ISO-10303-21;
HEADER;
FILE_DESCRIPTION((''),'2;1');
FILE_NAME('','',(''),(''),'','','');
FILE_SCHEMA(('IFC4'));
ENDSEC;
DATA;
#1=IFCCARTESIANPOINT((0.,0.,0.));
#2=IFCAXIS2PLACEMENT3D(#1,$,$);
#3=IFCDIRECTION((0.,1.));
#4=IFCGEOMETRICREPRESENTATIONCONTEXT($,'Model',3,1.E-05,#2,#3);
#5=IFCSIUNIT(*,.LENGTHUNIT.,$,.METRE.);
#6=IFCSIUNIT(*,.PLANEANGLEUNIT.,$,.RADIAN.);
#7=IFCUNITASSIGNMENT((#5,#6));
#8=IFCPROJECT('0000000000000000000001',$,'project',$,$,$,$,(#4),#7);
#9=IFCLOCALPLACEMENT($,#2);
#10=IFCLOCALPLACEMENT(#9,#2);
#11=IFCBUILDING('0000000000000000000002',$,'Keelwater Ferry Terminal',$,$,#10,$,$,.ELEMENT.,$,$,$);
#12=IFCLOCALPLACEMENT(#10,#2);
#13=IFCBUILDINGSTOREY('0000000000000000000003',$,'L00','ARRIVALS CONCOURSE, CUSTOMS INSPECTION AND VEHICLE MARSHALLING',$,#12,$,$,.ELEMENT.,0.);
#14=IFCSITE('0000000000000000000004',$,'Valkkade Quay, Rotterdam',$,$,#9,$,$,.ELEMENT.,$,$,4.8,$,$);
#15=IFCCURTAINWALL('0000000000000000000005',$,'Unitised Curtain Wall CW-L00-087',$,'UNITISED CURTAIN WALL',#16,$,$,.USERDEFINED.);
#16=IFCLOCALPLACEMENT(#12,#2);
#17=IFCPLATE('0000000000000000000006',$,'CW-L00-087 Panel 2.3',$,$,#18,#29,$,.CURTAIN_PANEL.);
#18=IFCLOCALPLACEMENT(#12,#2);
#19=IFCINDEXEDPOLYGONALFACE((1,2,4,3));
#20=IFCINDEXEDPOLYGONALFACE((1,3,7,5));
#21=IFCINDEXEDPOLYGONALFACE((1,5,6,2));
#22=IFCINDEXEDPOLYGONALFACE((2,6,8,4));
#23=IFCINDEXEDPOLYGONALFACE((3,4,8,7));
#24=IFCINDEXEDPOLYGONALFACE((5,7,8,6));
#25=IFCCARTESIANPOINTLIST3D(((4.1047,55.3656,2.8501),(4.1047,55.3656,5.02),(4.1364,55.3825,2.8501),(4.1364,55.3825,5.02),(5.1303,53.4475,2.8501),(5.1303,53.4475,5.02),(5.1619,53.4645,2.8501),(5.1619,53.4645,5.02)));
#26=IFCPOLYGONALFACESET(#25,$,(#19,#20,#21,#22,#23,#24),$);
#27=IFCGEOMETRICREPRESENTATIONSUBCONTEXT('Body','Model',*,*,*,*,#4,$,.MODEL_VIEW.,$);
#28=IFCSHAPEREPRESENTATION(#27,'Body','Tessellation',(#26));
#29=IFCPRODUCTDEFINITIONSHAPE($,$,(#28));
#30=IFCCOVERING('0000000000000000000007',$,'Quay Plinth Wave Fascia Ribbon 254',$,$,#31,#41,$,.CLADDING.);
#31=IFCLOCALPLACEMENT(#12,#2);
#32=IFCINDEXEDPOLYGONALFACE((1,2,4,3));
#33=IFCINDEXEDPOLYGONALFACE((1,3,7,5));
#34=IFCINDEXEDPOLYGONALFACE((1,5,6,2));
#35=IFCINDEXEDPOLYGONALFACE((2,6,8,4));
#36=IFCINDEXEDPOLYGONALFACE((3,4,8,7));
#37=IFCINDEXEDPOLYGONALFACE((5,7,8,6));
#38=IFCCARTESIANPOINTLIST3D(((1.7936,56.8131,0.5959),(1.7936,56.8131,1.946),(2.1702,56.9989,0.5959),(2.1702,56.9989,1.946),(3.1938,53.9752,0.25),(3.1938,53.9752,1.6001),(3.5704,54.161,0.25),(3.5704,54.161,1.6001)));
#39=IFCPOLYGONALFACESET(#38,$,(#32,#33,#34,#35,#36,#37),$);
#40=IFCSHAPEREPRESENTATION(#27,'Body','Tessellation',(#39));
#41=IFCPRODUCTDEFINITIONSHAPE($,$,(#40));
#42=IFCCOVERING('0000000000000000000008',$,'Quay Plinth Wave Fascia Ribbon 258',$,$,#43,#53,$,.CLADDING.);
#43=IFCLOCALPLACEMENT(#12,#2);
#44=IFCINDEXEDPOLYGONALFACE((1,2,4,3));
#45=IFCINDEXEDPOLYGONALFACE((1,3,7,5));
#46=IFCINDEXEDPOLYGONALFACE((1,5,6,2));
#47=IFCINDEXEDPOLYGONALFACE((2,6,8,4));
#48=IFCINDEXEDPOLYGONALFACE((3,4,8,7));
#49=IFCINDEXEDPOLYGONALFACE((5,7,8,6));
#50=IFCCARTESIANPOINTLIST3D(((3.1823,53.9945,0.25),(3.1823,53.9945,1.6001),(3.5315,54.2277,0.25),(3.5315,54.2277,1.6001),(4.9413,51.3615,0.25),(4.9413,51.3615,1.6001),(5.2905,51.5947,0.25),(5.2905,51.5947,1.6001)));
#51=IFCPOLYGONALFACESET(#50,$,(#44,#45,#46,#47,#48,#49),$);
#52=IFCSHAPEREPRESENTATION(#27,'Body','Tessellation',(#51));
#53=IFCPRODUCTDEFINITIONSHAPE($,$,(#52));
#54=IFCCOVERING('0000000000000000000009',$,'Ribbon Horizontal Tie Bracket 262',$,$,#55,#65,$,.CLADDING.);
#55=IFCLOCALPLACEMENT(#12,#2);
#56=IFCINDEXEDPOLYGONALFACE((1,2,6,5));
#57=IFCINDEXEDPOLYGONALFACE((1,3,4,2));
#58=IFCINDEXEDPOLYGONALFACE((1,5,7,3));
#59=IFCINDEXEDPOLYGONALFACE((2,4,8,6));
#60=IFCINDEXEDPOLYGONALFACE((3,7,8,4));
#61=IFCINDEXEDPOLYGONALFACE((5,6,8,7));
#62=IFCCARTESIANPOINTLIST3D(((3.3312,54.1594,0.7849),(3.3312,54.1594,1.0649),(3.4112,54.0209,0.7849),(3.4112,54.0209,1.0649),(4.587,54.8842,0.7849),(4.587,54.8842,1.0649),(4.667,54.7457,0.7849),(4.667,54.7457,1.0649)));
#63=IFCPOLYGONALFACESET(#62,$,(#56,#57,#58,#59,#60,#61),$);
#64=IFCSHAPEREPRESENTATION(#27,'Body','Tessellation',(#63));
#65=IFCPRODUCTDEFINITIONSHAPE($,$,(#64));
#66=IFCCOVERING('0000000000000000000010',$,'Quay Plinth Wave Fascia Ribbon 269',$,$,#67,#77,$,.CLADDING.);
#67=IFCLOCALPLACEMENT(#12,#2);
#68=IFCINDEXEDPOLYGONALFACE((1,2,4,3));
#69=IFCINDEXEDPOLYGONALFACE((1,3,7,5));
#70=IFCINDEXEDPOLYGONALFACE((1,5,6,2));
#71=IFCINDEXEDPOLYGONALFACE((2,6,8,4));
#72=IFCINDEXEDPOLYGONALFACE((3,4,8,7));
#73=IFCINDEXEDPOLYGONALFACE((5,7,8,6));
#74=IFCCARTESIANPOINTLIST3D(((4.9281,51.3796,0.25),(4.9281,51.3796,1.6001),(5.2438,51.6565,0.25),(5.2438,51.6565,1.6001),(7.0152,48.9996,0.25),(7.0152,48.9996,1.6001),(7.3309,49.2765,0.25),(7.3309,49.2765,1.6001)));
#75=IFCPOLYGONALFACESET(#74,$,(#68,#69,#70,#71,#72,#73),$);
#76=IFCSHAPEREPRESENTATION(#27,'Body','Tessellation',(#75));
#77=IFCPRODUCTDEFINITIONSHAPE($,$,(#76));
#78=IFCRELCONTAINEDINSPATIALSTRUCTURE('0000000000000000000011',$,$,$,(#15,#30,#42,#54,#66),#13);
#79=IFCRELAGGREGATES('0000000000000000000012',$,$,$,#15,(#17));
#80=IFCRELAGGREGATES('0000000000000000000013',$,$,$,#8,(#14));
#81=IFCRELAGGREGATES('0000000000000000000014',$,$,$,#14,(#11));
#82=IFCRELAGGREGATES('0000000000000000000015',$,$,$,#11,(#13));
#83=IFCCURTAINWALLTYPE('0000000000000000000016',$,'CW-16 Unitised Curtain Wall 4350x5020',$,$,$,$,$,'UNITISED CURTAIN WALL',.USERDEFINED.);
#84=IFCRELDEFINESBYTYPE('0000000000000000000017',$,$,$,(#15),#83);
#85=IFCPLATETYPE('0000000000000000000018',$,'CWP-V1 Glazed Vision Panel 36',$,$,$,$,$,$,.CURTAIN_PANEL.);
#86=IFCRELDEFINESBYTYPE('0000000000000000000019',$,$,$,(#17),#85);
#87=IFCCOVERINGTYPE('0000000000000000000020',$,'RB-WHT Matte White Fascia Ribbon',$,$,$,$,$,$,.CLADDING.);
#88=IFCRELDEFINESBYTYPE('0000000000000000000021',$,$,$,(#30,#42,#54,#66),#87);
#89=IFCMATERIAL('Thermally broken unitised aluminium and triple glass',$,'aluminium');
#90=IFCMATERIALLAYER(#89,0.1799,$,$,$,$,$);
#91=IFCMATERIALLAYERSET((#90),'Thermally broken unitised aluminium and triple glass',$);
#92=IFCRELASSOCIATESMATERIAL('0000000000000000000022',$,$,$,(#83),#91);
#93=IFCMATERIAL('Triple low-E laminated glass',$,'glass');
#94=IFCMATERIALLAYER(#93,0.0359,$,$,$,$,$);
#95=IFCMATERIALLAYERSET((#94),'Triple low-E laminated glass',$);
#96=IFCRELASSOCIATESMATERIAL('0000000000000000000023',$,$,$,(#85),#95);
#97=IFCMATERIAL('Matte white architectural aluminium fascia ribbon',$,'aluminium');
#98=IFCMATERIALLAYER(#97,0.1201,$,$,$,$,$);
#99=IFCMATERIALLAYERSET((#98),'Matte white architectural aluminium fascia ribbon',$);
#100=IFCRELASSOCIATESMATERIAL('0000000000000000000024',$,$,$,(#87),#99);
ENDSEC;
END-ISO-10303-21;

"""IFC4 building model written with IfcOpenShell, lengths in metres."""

from ifc_helpers import new_model, si_unit, direction, frame, frame_2d, origin, origin_2d, place, context, subcontext, project, spatial, polyline, rectangle, outline, extrude, material, layer, layer_set, type_object, element, aggregate, save


model = new_model("IFC4")

# Units and contexts
model_context = context("Model", 3, precision=1e-05, world=origin(), true_north=direction((0.0, 1.0)))
body_context = subcontext(model_context, "Body", "Model", "MODEL_VIEW")
ifc_project = project(units=[si_unit("LENGTHUNIT", "METRE"), si_unit("PLANEANGLEUNIT", "RADIAN")], contexts=[model_context])

# Site, building, storey
site_placement = place(None, origin())
site = spatial("IfcSite", under=ifc_project, at=site_placement, Name="Valkkade Quay, Rotterdam", CompositionType="ELEMENT", RefElevation=4.8)
building_placement = place(site_placement, origin())
building = spatial("IfcBuilding", under=site, at=building_placement, Name="Keelwater Ferry Terminal", CompositionType="ELEMENT")
storey_placement = place(building_placement, origin())
storey = spatial("IfcBuildingStorey", under=building, at=storey_placement, Name="L00", Description="ARRIVALS CONCOURSE, CUSTOMS INSPECTION AND VEHICLE MARSHALLING", CompositionType="ELEMENT", Elevation=0.0)

# Shared definitions
ifc_material_1 = material(Name="Thermally broken unitised aluminium and triple glass", Category="aluminium")
ifc_layer_1 = layer(ifc_material_1, 0.1799)
ifc_layer_set_1 = layer_set([ifc_layer_1], Name="Thermally broken unitised aluminium and triple glass")
curtain_wall_type = type_object("IfcCurtainWallType", Name="CW-16 Unitised Curtain Wall 4350x5020", ElementType="UNITISED CURTAIN WALL", PredefinedType="USERDEFINED", material=ifc_layer_set_1)

# Curtain wall
curtain_wall_1_placement = place(storey_placement, origin())
curtain_wall_1 = element("IfcCurtainWall", 1, at=curtain_wall_1_placement, inside=storey, type_object=curtain_wall_type, Name="Unitised Curtain Wall CW-L00-087", ObjectType="UNITISED CURTAIN WALL", PredefinedType="USERDEFINED")

# Plate
ifc_material_2 = material(Name="Triple low-E laminated glass", Category="glass")
ifc_layer_2 = layer(ifc_material_2, 0.0359)
ifc_layer_set_2 = layer_set([ifc_layer_2], Name="Triple low-E laminated glass")
plate_type_1 = type_object("IfcPlateType", Name="CWP-V1 Glazed Vision Panel 36", PredefinedType="CURTAIN_PANEL", material=ifc_layer_set_2)
plate_1_placement = place(storey_placement, frame((4.6333, 54.415, 2.8501), z_axis=(0.0, 0.0, 1.0), x_axis=(0.471507, -0.881862, 0.0)))
plate_1 = element("IfcPlate", 2, at=plate_1_placement, type_object=plate_type_1, Name="CW-L00-087 Panel 2.3", PredefinedType="CURTAIN_PANEL", context=body_context, shape_type="SweptSolid", body=[
    extrude(rectangle(XDim=2.175, YDim=0.0359, at=origin_2d()), origin(), (0.0, 0.0, 1.0), 2.1699),
])
aggregate(curtain_wall_1, [plate_1])

# Coverings
ifc_material_3 = material(Name="Matte white architectural aluminium fascia ribbon", Category="aluminium")
ifc_layer_3 = layer(ifc_material_3, 0.1201)
ifc_layer_set_3 = layer_set([ifc_layer_3], Name="Matte white architectural aluminium fascia ribbon")
covering_type = type_object("IfcCoveringType", Name="RB-WHT Matte White Fascia Ribbon", PredefinedType="CLADDING", material=ifc_layer_set_3)
covering_1_placement = place(storey_placement, frame((1.9819, 56.906, 0.25), z_axis=(0.0, 0.0, 1.0), x_axis=(0.442455, -0.896791, 0.0)))
element("IfcCovering", 3, at=covering_1_placement, inside=storey, type_object=covering_type, Name="Quay Plinth Wave Fascia Ribbon 254", PredefinedType="CLADDING", context=body_context, shape_type="SweptSolid", body=[
    extrude(outline(polyline([(0.0, 0.3459), (3.1646, 0.0), (3.1646, 1.3501), (0.0, 1.696), (0.0, 0.3459)])), frame((0.0, 0.21, 0.0), z_axis=(0.0, -1.0, 0.0), x_axis=(1.0, 0.0, 0.0)), (0.0, 0.0, 1.0), 0.4199),
])
covering_2_placement = place(storey_placement, frame((3.3569, 54.1111, 0.25), z_axis=(0.0, 0.0, 1.0), x_axis=(0.555501, -0.831516, 0.0)))
element("IfcCovering", 4, at=covering_2_placement, inside=storey, type_object=covering_type, Name="Quay Plinth Wave Fascia Ribbon 258", PredefinedType="CLADDING", context=body_context, shape_type="SweptSolid", body=[
    extrude(outline(polyline([(0.0, 0.0), (3.1665, 0.0), (3.1665, 1.3501), (0.0, 1.3501), (0.0, 0.0)])), frame((0.0, 0.21, 0.0), z_axis=(0.0, -1.0, 0.0), x_axis=(1.0, 0.0, 0.0)), (0.0, 0.0, 1.0), 0.4199),
])
covering_3_placement = place(storey_placement, frame((3.3711, 54.0901, 0.7849), z_axis=(0.0, 0.0, 1.0), x_axis=(0.86609, 0.499888, 0.0)))
element("IfcCovering", 5, at=covering_3_placement, inside=storey, type_object=covering_type, Name="Ribbon Horizontal Tie Bracket 262", PredefinedType="CLADDING", context=body_context, shape_type="SweptSolid", body=[
    extrude(rectangle(XDim=1.45, YDim=0.1599, at=frame_2d((0.7251, 0.0))), origin(), (0.0, 0.0, 1.0), 0.28),
])
covering_4_placement = place(storey_placement, frame((5.0859, 51.5181, 0.25), z_axis=(0.0, 0.0, 1.0), x_axis=(0.659318, -0.751864, 0.0)))
element("IfcCovering", 6, at=covering_4_placement, inside=storey, type_object=covering_type, Name="Quay Plinth Wave Fascia Ribbon 269", PredefinedType="CLADDING", context=body_context, shape_type="SweptSolid", body=[
    extrude(outline(polyline([(0.0, 0.0), (3.1655, 0.0), (3.1655, 1.3501), (0.0, 1.3501), (0.0, 0.0)])), frame((0.0, 0.21, 0.0), z_axis=(0.0, -1.0, 0.0), x_axis=(1.0, 0.0, 0.0)), (0.0, 0.0, 1.0), 0.4199),
])

save(model, "model.ifc")
